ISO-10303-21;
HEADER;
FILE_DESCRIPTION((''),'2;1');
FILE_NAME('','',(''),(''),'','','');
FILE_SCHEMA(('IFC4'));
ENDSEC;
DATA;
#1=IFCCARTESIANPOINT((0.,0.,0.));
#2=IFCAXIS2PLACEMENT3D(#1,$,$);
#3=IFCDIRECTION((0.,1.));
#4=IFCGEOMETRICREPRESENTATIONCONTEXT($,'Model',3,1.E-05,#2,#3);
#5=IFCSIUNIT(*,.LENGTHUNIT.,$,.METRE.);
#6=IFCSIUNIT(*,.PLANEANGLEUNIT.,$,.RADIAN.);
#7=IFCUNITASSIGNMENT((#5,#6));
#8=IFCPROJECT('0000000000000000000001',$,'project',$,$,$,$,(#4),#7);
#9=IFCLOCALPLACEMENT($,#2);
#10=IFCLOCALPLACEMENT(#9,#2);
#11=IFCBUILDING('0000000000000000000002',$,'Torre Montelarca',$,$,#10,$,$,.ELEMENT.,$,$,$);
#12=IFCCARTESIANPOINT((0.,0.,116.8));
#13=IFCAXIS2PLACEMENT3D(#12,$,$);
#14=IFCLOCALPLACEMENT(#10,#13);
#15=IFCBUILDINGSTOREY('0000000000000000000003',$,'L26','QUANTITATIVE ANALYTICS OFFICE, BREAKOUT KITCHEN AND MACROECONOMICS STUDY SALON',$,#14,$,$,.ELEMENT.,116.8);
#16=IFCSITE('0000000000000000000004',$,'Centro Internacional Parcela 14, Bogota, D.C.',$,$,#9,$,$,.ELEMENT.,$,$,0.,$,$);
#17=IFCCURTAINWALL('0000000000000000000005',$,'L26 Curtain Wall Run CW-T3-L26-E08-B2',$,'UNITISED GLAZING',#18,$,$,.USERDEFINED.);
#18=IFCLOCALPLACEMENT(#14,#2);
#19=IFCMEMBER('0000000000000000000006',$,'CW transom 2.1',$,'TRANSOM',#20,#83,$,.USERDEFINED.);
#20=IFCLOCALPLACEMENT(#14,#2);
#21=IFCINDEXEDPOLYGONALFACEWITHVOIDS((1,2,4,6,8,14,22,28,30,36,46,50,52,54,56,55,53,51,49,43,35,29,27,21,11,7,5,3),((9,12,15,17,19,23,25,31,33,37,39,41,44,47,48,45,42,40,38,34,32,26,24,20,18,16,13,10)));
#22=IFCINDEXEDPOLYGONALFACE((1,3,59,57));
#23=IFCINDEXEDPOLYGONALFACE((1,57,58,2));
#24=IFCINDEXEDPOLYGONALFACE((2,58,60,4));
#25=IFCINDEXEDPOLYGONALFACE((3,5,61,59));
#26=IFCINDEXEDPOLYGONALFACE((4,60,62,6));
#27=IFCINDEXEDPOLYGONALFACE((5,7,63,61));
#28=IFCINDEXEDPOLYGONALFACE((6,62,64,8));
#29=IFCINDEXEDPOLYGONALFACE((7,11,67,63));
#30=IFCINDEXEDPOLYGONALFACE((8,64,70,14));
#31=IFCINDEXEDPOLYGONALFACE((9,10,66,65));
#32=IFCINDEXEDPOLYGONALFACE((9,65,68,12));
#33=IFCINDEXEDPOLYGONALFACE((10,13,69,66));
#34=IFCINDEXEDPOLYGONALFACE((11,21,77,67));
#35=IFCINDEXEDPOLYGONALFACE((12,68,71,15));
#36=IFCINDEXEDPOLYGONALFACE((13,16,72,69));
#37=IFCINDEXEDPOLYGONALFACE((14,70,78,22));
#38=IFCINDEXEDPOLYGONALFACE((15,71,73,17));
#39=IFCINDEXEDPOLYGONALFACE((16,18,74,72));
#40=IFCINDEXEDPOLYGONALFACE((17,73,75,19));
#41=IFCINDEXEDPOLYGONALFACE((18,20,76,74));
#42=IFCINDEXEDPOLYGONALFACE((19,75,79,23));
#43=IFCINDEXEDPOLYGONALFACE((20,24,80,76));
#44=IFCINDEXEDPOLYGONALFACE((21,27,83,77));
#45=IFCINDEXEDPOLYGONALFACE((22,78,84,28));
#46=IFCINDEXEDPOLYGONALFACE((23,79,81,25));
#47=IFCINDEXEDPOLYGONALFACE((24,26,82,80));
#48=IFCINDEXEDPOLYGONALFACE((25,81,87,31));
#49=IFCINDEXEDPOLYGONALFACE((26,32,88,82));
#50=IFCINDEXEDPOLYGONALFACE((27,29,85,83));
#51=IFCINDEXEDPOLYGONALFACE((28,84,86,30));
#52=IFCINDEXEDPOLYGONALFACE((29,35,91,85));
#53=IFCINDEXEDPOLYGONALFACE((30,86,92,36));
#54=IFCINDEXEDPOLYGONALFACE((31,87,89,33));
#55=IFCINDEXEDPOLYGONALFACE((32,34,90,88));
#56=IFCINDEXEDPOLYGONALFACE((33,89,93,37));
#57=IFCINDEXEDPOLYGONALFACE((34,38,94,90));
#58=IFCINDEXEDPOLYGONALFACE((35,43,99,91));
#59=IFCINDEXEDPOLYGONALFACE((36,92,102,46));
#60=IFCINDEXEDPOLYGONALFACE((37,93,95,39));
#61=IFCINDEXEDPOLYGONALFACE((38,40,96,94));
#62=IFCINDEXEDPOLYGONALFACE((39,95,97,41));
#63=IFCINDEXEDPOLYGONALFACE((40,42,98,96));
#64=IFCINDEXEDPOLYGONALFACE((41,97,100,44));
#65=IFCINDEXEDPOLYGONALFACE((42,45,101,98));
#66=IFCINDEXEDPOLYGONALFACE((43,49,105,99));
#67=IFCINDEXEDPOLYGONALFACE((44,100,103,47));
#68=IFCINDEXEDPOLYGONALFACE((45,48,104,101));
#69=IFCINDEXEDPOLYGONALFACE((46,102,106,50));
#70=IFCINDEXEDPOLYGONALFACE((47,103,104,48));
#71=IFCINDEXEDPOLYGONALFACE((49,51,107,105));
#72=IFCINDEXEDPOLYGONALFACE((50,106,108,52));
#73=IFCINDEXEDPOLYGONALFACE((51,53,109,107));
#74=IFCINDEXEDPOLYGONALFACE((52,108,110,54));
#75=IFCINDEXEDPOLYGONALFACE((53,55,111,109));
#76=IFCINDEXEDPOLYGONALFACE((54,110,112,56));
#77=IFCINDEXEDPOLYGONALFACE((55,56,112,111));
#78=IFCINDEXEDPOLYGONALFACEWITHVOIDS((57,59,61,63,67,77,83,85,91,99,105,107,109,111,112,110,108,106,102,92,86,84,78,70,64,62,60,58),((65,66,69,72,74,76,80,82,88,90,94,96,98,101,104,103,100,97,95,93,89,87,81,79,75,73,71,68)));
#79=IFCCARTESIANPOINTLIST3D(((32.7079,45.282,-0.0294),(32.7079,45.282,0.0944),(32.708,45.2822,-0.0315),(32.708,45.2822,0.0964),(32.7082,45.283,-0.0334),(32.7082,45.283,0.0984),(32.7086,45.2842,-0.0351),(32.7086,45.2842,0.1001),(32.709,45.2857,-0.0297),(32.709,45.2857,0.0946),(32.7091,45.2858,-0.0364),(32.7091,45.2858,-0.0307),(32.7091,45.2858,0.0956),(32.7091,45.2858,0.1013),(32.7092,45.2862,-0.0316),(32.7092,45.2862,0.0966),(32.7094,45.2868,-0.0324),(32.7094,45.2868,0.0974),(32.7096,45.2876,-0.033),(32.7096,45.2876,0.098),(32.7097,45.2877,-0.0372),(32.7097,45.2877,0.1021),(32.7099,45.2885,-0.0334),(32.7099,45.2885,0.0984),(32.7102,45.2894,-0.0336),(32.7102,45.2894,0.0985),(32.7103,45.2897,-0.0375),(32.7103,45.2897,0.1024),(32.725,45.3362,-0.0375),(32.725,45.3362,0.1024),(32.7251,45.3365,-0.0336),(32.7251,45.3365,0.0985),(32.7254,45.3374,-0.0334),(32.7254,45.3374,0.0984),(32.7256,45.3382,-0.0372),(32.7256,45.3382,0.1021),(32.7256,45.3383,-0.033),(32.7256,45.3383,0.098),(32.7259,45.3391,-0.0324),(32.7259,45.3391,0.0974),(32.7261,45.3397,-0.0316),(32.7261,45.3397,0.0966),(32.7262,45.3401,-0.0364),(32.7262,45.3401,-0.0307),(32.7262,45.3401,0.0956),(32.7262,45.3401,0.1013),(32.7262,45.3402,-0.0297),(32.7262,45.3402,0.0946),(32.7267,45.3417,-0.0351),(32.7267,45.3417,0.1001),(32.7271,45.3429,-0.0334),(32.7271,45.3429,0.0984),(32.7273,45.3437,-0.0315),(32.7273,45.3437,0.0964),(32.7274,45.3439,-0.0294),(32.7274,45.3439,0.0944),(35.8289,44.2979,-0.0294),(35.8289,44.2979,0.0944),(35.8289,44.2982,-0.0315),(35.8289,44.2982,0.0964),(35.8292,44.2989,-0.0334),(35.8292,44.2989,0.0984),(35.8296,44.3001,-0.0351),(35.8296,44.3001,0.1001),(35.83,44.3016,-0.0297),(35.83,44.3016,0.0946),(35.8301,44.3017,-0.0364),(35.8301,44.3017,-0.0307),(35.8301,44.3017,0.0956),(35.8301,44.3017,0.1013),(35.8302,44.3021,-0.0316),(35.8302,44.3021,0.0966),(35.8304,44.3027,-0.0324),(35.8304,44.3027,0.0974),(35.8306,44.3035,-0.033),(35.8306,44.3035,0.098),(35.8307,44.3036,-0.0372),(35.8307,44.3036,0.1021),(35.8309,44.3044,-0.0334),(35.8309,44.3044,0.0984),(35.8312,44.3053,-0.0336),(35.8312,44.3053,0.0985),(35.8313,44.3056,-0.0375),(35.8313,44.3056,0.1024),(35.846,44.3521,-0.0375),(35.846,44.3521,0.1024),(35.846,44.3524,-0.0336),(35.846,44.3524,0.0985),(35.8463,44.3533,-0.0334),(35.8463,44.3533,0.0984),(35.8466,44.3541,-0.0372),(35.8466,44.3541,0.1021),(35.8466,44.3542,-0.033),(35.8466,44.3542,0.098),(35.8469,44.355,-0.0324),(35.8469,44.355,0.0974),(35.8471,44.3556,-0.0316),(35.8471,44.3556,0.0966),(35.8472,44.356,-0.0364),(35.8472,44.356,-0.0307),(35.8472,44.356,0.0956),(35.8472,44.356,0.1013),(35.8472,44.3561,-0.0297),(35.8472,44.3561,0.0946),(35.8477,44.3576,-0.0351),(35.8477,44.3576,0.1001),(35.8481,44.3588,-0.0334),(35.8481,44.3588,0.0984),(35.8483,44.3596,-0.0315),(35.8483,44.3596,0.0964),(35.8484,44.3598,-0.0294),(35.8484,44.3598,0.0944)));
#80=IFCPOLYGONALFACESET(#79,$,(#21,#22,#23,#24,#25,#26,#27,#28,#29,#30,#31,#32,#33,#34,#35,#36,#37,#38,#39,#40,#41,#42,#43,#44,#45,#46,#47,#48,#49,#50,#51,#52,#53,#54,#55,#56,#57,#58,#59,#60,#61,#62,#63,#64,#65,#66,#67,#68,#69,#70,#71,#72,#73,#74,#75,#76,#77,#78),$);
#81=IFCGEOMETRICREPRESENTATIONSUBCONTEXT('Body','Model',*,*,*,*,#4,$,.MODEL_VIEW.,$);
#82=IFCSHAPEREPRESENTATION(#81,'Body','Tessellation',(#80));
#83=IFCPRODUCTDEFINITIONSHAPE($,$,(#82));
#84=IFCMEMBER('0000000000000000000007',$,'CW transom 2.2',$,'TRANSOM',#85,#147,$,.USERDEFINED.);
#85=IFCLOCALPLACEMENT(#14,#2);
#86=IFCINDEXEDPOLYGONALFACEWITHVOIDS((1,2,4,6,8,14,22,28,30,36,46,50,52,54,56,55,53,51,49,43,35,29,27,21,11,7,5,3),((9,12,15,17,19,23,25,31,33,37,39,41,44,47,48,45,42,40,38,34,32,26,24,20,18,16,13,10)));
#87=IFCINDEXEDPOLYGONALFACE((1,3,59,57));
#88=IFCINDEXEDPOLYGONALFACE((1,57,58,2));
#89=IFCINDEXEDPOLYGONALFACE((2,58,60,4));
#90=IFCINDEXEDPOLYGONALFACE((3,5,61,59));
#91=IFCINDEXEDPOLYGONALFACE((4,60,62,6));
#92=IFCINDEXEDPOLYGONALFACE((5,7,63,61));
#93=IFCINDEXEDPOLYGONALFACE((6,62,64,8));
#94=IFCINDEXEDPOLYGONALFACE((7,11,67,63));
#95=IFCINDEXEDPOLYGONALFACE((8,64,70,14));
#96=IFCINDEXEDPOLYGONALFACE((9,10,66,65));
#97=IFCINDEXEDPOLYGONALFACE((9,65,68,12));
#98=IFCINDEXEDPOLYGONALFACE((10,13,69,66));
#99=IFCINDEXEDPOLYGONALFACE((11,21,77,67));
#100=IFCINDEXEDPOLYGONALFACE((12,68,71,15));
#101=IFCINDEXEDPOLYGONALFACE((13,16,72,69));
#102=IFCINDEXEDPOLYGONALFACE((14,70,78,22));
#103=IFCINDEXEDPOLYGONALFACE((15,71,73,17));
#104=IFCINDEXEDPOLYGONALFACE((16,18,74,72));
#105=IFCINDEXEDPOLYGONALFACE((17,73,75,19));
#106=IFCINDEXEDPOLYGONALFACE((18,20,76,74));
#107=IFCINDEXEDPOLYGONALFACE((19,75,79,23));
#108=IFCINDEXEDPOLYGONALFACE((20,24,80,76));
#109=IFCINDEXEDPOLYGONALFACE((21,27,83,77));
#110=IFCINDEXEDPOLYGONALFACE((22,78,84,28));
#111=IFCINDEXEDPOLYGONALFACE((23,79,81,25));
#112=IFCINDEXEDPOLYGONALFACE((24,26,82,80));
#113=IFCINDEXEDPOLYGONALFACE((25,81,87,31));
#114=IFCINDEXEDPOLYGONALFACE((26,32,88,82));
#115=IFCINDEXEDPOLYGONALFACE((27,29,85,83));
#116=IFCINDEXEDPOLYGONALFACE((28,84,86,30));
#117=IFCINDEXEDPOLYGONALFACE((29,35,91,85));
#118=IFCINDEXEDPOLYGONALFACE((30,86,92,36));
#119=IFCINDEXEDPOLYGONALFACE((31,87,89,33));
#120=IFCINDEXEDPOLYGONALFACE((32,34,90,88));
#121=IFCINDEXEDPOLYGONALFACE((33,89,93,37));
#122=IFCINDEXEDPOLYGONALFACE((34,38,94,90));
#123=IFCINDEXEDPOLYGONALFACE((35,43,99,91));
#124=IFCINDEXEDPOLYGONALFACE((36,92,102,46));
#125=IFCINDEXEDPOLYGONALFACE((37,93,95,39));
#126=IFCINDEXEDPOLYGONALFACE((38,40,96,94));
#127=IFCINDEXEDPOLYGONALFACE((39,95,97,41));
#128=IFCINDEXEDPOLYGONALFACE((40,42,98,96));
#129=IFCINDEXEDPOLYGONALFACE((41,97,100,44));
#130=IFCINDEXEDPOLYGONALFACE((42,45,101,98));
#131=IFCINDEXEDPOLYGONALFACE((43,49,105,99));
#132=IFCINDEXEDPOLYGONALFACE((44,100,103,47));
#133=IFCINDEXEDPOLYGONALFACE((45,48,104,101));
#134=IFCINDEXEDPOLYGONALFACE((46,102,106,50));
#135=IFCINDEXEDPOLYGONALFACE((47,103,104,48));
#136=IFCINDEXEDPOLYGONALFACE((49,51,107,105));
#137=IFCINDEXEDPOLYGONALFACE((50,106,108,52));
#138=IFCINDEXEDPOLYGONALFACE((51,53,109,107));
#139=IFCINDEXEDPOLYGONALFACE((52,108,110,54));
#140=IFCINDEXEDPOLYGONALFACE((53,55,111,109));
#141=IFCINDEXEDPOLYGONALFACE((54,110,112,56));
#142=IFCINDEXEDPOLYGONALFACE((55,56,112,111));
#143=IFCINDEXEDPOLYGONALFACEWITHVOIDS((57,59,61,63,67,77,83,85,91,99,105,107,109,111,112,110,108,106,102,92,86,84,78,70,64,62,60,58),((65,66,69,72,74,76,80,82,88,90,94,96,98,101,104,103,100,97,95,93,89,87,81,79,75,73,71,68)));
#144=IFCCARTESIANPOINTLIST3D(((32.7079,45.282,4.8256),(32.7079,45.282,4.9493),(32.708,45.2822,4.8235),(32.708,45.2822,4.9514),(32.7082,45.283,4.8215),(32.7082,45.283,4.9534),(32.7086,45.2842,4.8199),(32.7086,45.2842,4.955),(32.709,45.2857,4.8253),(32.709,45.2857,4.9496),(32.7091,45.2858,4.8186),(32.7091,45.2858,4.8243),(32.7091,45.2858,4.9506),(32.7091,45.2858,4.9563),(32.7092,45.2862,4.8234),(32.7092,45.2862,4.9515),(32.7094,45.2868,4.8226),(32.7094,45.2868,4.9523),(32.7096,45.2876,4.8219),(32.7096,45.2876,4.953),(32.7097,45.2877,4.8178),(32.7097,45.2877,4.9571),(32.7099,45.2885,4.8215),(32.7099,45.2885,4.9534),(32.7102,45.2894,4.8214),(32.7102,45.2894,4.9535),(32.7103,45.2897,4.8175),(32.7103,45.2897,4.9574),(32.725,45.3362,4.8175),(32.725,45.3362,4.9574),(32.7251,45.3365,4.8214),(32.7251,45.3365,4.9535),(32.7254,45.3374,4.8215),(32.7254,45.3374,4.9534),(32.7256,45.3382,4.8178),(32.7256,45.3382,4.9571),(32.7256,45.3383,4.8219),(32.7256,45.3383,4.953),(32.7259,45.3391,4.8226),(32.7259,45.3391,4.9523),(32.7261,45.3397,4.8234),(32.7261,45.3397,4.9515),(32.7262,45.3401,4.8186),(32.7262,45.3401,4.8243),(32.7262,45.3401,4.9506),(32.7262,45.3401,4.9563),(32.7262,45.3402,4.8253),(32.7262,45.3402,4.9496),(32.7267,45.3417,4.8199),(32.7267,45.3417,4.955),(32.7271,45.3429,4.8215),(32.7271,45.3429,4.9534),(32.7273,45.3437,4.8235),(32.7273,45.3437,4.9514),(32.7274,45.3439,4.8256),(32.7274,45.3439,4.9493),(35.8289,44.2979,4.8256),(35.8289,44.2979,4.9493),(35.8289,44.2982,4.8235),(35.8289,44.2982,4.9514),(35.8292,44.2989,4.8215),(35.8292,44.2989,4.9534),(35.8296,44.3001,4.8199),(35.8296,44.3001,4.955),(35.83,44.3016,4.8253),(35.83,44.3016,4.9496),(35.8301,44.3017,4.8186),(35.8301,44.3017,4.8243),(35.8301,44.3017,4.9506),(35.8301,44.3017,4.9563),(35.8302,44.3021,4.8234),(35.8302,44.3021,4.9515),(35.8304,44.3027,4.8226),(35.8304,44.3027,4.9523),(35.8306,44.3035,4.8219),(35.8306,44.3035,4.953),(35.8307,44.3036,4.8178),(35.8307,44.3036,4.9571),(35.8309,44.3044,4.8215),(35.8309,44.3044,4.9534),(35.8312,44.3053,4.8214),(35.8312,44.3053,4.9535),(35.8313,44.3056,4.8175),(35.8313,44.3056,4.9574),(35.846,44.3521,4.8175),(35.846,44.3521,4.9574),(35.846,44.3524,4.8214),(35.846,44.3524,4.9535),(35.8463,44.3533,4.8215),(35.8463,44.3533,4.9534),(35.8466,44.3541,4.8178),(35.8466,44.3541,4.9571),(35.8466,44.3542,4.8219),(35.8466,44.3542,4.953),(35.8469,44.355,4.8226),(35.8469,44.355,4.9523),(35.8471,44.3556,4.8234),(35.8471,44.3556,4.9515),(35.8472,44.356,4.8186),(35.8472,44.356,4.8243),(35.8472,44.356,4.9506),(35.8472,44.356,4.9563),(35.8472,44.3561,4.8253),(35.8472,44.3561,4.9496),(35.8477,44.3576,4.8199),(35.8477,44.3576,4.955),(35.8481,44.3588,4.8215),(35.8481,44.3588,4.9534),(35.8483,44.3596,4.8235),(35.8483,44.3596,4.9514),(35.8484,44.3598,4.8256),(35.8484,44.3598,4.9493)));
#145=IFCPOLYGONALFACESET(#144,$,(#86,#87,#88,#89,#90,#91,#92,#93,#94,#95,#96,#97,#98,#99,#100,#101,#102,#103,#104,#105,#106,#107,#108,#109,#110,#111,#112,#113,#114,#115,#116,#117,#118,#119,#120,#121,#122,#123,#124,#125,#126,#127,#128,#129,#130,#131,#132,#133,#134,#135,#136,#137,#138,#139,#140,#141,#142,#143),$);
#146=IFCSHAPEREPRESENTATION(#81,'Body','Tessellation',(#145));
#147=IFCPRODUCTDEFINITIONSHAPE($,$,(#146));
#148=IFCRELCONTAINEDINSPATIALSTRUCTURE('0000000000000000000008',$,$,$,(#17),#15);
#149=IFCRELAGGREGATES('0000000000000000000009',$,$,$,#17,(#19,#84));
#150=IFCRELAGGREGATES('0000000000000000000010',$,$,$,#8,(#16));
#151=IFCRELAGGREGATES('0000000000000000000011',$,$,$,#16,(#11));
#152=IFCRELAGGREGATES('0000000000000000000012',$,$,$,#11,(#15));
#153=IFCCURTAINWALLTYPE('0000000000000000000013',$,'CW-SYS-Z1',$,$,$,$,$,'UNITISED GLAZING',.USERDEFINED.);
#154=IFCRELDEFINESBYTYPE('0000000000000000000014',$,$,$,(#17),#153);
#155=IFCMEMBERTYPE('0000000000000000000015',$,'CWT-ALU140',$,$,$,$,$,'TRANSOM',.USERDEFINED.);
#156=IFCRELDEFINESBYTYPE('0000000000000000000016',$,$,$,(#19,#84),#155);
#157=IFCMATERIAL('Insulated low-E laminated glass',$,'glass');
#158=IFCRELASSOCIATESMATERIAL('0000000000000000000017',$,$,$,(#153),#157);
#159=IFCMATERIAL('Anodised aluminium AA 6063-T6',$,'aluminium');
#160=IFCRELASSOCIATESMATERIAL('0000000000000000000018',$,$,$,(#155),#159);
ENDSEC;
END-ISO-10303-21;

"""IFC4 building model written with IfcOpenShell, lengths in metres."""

from ifc_helpers import new_model, si_unit, direction, frame, origin, origin_2d, place, context, subcontext, project, spatial, hollow_rectangle, extrude, source, transform, mapped, material, material_profile, profile_set, type_object, element, aggregate, save


model = new_model("IFC4")

# Units and contexts
model_context = context("Model", 3, precision=1e-05, world=origin(), true_north=direction((0.0, 1.0)))
body_context = subcontext(model_context, "Body", "Model", "MODEL_VIEW")
ifc_project = project(units=[si_unit("LENGTHUNIT", "METRE"), si_unit("PLANEANGLEUNIT", "RADIAN")], contexts=[model_context])

# Site, building, storey
site_placement = place(None, origin())
site = spatial("IfcSite", under=ifc_project, at=site_placement, Name="Centro Internacional Parcela 14, Bogota, D.C.", CompositionType="ELEMENT", RefElevation=0.0)
building_placement = place(site_placement, origin())
building = spatial("IfcBuilding", under=site, at=building_placement, Name="Torre Montelarca", CompositionType="ELEMENT")
storey_placement = place(building_placement, frame((0.0, 0.0, 116.8)))
storey = spatial("IfcBuildingStorey", under=building, at=storey_placement, Name="L26", Description="QUANTITATIVE ANALYTICS OFFICE, BREAKOUT KITCHEN AND MACROECONOMICS STUDY SALON", CompositionType="ELEMENT", Elevation=116.8)

# Curtain wall, members
ifc_material_1 = material(Name="Insulated low-E laminated glass", Category="glass")
curtain_wall_type = type_object("IfcCurtainWallType", Name="CW-SYS-Z1", ElementType="UNITISED GLAZING", PredefinedType="USERDEFINED", material=ifc_material_1)
curtain_wall_placement = place(storey_placement, origin())
curtain_wall = element("IfcCurtainWall", 1, at=curtain_wall_placement, inside=storey, type_object=curtain_wall_type, Name="L26 Curtain Wall Run CW-T3-L26-E08-B2", ObjectType="UNITISED GLAZING", PredefinedType="USERDEFINED")
ifc_material_2 = material(Name="Anodised aluminium AA 6063-T6", Category="aluminium")
ifc_material_profile_1 = material_profile(ifc_material_2, hollow_rectangle(XDim=0.0649, YDim=0.1399, WallThickness=0.0039, InnerFilletRadius=0.0039, OuterFilletRadius=0.0081, at=origin_2d()), Name="ALU65X140X4", Category="aluminium")
ifc_profile_set_1 = profile_set([ifc_material_profile_1], Name="Anodised aluminium AA 6063-T6")
member_type_1 = type_object("IfcMemberType", Name="CWT-ALU140", ElementType="TRANSOM", PredefinedType="USERDEFINED", material=ifc_profile_set_1)
shared_shape_1 = source(origin(), body_context, "Body", "SweptSolid", [
    extrude(hollow_rectangle(XDim=0.0649, YDim=0.1399, WallThickness=0.0039, InnerFilletRadius=0.0039, OuterFilletRadius=0.0081, at=origin_2d()), origin(), (0.0, 0.0, 1.0), 3.2725),
])
member_1_placement = place(storey_placement, frame((35.8386, 44.3289, 0.0325), z_axis=(-0.953712, 0.300721, 0.0), x_axis=(-0.300721, -0.953712, 0.0)))
member_1 = element("IfcMember", 2, at=member_1_placement, type_object=member_type_1, Name="CW transom 2.1", ObjectType="TRANSOM", PredefinedType="USERDEFINED", context=body_context, shape_type="MappedRepresentation", body=[
    mapped(shared_shape_1, transform((0.0, 0.0, 0.0), scale=1.0)),
])
member_2_placement = place(storey_placement, frame((35.8386, 44.3289, 4.8875), z_axis=(-0.953712, 0.300721, 0.0), x_axis=(-0.300721, -0.953712, 0.0)))
member_2 = element("IfcMember", 3, at=member_2_placement, type_object=member_type_1, Name="CW transom 2.2", ObjectType="TRANSOM", PredefinedType="USERDEFINED", context=body_context, shape_type="MappedRepresentation", body=[
    mapped(shared_shape_1, transform((0.0, 0.0, 0.0), scale=1.0)),
])
aggregate(curtain_wall, [member_1, member_2])

save(model, "model.ifc")
